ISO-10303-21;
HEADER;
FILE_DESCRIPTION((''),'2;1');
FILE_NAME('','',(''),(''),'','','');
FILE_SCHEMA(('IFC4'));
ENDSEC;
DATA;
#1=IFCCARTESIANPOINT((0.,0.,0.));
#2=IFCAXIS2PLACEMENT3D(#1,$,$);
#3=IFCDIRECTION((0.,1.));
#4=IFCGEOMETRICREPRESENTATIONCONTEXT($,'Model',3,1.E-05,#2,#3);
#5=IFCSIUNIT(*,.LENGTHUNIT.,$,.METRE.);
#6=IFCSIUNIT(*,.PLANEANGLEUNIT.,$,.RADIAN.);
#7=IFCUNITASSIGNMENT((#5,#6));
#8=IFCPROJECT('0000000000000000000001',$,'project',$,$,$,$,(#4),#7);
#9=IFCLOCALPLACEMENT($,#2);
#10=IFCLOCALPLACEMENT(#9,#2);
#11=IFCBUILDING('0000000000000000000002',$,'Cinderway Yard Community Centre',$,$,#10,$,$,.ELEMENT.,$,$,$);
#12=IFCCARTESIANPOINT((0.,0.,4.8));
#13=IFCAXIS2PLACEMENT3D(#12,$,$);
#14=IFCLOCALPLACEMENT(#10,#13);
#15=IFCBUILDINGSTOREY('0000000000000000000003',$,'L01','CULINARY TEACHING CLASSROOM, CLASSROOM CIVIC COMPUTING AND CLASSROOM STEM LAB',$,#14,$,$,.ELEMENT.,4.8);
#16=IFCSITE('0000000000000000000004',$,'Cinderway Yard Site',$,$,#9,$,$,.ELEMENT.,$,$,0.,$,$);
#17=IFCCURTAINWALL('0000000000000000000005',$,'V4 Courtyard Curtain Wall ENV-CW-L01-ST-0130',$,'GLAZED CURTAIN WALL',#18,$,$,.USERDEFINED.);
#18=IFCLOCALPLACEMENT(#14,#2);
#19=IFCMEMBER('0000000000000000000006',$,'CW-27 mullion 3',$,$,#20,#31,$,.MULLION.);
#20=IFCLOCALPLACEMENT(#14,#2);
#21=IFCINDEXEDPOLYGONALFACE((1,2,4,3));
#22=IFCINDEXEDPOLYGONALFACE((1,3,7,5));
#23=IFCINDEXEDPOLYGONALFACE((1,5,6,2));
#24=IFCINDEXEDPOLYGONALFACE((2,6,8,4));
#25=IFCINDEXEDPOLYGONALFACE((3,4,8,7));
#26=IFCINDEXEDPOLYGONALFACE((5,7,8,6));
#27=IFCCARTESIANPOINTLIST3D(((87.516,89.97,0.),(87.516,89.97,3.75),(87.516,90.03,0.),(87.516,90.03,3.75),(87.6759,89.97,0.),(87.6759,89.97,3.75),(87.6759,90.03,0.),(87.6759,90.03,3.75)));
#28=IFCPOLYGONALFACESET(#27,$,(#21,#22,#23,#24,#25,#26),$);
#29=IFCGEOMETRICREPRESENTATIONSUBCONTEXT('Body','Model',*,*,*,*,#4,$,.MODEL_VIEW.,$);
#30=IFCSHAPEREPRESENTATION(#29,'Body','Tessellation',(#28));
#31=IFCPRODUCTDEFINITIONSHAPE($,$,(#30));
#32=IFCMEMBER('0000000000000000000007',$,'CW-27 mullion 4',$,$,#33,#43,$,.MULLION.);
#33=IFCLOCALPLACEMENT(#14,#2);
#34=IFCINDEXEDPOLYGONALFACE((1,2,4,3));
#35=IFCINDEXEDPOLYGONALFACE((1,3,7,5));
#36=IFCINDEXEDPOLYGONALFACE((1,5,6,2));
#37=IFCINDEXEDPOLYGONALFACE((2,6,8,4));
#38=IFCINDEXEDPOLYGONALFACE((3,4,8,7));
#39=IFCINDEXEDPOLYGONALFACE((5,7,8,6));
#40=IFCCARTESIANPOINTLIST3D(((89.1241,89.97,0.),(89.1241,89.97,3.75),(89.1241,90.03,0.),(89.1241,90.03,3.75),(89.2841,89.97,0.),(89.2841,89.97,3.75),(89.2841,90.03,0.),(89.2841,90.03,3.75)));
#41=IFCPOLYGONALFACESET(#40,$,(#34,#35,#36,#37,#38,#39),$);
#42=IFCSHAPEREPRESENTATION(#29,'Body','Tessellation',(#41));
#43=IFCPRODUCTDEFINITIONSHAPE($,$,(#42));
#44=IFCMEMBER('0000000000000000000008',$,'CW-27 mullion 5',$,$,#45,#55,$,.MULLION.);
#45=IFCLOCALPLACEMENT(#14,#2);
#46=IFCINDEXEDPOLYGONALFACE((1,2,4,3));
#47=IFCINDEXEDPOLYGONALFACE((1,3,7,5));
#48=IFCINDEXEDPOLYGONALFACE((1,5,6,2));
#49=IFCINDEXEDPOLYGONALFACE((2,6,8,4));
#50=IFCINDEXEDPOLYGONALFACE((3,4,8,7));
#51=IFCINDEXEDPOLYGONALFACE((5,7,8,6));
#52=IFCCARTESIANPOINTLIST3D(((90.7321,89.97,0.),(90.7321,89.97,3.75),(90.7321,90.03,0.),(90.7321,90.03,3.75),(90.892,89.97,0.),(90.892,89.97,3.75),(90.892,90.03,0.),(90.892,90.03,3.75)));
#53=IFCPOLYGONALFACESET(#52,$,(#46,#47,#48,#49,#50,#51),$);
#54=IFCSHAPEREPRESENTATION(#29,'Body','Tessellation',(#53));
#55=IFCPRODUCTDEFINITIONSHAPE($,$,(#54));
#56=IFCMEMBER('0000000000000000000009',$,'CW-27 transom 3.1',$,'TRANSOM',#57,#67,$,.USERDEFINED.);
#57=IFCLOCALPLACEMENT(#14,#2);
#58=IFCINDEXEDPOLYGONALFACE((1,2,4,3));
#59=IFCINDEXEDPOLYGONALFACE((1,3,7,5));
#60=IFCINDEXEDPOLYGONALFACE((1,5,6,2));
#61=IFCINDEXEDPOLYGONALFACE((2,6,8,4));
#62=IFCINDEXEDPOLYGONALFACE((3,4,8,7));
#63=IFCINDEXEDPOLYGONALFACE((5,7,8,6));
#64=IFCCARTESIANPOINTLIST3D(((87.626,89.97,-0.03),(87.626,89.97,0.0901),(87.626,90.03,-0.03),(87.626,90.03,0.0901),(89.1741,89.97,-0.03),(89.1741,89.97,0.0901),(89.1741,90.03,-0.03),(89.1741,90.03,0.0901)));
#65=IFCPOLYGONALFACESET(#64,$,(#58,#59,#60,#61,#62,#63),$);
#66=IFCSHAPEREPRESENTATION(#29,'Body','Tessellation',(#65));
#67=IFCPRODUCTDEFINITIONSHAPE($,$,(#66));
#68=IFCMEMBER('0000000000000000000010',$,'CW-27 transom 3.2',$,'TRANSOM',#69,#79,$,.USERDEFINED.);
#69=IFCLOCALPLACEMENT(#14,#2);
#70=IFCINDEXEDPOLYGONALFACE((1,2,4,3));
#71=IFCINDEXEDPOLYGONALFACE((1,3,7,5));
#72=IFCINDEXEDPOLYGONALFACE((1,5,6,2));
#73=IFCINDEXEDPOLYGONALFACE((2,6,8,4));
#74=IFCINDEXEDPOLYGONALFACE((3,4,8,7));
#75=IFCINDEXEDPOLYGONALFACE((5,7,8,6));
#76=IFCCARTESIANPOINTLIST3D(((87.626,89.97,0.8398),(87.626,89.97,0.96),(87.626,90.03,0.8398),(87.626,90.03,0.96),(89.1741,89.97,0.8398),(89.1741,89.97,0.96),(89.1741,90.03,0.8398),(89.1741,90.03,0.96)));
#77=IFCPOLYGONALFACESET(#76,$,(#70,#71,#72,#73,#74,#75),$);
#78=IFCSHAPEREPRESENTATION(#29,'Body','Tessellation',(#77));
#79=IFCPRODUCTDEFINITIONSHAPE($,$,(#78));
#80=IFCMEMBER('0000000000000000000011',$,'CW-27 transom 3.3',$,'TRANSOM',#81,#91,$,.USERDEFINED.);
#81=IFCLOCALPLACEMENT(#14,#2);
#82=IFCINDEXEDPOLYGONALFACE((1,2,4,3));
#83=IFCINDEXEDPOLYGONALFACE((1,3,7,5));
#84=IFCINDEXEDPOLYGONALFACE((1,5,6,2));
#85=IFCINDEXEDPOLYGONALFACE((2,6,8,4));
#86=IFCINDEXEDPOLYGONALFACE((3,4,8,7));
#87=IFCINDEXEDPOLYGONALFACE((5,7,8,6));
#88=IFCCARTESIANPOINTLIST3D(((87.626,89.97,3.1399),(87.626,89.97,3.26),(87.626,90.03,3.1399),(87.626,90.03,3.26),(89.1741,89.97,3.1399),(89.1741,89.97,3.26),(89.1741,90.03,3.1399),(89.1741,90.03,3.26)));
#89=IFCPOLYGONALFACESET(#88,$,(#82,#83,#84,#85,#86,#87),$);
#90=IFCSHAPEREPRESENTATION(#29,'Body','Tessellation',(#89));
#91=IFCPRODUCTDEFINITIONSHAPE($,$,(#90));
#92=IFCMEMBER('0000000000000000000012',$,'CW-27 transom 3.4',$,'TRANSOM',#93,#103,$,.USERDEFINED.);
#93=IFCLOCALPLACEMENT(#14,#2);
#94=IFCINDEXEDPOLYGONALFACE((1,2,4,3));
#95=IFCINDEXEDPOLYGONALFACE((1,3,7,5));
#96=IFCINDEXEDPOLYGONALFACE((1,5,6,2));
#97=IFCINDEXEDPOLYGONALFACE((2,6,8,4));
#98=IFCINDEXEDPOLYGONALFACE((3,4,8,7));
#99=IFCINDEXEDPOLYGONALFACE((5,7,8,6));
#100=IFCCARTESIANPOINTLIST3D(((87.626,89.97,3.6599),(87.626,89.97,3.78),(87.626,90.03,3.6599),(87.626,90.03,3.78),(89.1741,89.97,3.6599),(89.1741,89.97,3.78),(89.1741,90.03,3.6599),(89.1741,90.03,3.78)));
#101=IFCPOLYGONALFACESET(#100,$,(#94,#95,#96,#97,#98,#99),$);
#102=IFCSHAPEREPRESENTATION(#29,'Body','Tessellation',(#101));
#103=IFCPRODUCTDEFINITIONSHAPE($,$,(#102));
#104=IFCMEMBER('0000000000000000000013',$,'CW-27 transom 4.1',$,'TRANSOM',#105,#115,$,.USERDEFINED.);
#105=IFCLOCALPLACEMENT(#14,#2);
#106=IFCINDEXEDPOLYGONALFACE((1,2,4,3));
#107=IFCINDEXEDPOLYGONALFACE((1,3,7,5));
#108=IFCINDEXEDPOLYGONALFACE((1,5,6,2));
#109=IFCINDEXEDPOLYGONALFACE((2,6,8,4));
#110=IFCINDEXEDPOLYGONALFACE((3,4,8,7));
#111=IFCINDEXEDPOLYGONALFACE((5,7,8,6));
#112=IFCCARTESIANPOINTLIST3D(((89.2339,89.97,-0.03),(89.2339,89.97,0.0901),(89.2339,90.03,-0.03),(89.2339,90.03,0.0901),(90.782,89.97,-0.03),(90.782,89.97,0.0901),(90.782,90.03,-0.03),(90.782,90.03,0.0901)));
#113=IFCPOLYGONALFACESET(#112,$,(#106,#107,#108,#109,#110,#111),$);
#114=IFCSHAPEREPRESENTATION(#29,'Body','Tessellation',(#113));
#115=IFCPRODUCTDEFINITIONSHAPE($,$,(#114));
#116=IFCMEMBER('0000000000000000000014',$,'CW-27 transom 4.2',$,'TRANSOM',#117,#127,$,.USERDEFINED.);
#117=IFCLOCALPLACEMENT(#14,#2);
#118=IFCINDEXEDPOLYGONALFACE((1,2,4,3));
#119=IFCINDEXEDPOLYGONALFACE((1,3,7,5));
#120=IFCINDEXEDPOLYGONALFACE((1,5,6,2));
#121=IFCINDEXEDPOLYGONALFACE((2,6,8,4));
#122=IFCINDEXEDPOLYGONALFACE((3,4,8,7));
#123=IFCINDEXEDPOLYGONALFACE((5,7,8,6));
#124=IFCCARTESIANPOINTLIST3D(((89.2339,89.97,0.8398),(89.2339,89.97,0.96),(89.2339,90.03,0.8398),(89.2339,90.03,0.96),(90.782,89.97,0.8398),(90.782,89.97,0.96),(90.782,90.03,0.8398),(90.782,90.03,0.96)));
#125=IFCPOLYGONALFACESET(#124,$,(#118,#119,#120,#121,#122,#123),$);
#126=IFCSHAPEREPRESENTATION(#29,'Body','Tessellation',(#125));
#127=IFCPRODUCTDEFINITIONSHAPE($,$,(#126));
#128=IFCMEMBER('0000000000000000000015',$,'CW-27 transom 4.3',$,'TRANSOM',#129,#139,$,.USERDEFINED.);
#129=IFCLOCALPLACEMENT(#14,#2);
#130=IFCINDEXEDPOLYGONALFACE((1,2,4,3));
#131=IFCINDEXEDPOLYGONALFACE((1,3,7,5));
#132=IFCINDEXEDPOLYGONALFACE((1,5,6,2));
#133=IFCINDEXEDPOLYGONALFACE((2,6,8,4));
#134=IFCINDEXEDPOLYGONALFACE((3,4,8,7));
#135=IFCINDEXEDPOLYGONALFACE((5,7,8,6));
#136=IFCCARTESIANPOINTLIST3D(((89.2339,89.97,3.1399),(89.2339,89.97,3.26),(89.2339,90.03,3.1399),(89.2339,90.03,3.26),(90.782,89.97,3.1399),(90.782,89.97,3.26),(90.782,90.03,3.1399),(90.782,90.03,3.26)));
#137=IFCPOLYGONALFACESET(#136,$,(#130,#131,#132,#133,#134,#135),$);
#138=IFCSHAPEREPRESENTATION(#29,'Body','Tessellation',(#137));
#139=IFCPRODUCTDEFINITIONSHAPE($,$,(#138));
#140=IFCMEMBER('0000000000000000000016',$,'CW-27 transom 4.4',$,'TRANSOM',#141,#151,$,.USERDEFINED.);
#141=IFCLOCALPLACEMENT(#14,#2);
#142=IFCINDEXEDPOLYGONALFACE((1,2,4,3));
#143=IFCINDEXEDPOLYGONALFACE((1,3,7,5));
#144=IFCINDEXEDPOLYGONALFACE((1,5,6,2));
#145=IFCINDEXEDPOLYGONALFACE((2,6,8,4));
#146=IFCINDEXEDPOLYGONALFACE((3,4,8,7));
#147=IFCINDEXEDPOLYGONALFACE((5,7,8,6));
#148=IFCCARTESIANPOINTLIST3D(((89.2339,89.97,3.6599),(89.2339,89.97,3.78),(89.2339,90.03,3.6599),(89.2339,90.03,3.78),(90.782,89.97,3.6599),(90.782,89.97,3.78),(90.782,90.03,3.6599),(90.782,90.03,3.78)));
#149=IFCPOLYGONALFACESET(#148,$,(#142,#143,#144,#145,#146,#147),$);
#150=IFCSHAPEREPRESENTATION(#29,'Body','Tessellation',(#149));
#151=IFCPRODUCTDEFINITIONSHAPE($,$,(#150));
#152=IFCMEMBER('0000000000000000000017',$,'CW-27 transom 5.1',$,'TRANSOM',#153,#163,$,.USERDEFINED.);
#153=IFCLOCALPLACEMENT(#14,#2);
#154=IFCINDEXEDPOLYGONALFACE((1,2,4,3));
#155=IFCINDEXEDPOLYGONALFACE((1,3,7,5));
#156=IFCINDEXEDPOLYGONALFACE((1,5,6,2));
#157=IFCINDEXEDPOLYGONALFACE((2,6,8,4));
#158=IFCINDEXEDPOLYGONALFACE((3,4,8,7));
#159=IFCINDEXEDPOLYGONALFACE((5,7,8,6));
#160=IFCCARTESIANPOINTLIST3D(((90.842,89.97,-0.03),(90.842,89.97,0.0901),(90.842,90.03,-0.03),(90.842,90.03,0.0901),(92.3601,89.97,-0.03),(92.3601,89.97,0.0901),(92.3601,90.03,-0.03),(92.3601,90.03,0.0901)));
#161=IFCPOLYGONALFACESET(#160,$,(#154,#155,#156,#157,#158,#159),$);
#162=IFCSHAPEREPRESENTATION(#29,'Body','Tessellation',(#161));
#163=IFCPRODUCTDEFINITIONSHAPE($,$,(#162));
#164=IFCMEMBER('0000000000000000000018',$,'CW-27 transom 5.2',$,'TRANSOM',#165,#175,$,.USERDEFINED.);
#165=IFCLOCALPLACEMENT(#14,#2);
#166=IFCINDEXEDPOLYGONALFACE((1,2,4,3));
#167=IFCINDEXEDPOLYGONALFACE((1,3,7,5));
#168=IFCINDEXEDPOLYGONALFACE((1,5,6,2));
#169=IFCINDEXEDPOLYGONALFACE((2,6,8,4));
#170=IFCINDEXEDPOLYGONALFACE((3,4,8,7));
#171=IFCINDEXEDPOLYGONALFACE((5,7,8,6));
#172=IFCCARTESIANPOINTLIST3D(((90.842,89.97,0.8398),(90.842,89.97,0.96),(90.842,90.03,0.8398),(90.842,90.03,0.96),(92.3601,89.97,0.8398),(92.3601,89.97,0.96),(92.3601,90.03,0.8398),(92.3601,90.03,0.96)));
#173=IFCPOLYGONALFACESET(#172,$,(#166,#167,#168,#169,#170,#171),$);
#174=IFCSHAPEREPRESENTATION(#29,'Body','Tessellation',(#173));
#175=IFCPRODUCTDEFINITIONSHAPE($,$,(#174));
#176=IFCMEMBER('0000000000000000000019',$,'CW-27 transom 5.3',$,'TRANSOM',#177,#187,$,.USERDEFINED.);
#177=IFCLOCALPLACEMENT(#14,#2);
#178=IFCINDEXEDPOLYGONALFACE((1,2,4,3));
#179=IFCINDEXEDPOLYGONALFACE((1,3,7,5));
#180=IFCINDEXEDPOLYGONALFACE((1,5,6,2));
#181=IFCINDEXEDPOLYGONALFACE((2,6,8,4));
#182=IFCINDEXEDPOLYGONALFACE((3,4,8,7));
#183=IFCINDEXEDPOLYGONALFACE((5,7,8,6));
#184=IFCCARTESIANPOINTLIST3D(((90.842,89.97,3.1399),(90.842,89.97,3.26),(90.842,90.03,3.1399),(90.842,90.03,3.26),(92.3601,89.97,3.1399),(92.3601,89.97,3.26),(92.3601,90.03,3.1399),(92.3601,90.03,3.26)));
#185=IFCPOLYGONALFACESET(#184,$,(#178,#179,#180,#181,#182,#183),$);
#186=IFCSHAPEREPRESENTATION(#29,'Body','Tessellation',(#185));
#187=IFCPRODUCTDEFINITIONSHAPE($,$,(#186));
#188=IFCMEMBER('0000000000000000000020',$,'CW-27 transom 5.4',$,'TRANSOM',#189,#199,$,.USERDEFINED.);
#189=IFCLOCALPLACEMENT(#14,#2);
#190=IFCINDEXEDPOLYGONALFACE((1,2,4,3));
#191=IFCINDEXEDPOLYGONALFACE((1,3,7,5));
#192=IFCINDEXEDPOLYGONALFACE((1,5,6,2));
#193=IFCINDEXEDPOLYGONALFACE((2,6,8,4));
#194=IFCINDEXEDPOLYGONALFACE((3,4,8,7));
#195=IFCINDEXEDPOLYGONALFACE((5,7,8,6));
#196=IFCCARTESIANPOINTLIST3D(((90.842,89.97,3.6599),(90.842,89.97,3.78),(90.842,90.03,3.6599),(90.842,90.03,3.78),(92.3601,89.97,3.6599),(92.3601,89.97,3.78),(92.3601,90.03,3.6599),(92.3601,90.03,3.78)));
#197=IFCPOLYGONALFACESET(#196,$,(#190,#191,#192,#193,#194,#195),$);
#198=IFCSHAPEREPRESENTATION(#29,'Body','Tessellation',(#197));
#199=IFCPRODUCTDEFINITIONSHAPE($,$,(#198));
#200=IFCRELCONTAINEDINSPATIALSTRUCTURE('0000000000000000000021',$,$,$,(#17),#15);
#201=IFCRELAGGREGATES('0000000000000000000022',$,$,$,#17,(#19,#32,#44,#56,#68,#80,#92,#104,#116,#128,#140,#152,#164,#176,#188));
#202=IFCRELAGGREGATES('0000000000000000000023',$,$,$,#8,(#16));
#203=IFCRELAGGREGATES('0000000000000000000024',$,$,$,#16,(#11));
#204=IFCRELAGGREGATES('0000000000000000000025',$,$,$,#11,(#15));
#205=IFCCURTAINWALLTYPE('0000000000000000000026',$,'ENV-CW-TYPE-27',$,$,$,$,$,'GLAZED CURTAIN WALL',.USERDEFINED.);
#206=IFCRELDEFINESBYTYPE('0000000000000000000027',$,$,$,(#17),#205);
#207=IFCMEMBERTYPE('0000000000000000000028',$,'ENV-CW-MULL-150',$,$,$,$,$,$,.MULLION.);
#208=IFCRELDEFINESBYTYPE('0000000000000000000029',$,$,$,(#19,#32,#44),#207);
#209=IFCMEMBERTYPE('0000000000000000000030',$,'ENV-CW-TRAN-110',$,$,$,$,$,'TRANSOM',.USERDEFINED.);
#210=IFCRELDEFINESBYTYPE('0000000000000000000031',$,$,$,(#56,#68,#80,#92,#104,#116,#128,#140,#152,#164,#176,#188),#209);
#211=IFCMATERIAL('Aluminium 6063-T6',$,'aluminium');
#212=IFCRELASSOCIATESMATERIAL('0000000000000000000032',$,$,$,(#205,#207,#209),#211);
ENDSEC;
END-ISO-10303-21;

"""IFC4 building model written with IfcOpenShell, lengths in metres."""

from ifc_helpers import new_model, si_unit, direction, frame, origin, origin_2d, place, context, subcontext, project, spatial, rectangle, extrude, material, material_profile, profile_set, type_object, element, aggregate, save


model = new_model("IFC4")

# Units and contexts
model_context = context("Model", 3, precision=1e-05, world=origin(), true_north=direction((0.0, 1.0)))
body_context = subcontext(model_context, "Body", "Model", "MODEL_VIEW")
ifc_project = project(units=[si_unit("LENGTHUNIT", "METRE"), si_unit("PLANEANGLEUNIT", "RADIAN")], contexts=[model_context])

# Site, building, storey
site_placement = place(None, origin())
site = spatial("IfcSite", under=ifc_project, at=site_placement, Name="Cinderway Yard Site", CompositionType="ELEMENT", RefElevation=0.0)
building_placement = place(site_placement, origin())
building = spatial("IfcBuilding", under=site, at=building_placement, Name="Cinderway Yard Community Centre", CompositionType="ELEMENT")
storey_placement = place(building_placement, frame((0.0, 0.0, 4.8)))
storey = spatial("IfcBuildingStorey", under=building, at=storey_placement, Name="L01", Description="CULINARY TEACHING CLASSROOM, CLASSROOM CIVIC COMPUTING AND CLASSROOM STEM LAB", CompositionType="ELEMENT", Elevation=4.8)

# Curtain wall, members
ifc_material_1 = material(Name="Aluminium 6063-T6", Category="aluminium")
curtain_wall_type = type_object("IfcCurtainWallType", Name="ENV-CW-TYPE-27", ElementType="GLAZED CURTAIN WALL", PredefinedType="USERDEFINED", material=ifc_material_1)
curtain_wall_placement = place(storey_placement, origin())
curtain_wall = element("IfcCurtainWall", 1, at=curtain_wall_placement, inside=storey, type_object=curtain_wall_type, Name="V4 Courtyard Curtain Wall ENV-CW-L01-ST-0130", ObjectType="GLAZED CURTAIN WALL", PredefinedType="USERDEFINED")
ifc_material_profile_1 = material_profile(ifc_material_1, rectangle(XDim=0.0601, YDim=0.1599, at=origin_2d()), Name="Aluminium 6063-T6")
ifc_profile_set_1 = profile_set([ifc_material_profile_1], Name="Aluminium 6063-T6")
member_type_1 = type_object("IfcMemberType", Name="ENV-CW-MULL-150", PredefinedType="MULLION", material=ifc_profile_set_1)
member_1_placement = place(storey_placement, frame((87.5959, 90.0, 0.0), z_axis=(0.0, 0.0, 1.0), x_axis=(0.0, 1.0, 0.0)))
member_1 = element("IfcMember", 2, at=member_1_placement, type_object=member_type_1, Name="CW-27 mullion 3", PredefinedType="MULLION", context=body_context, shape_type="SweptSolid", body=[
    extrude(rectangle(XDim=0.0601, YDim=0.1599, at=origin_2d()), origin(), (0.0, 0.0, 1.0), 3.75),
])
member_2_placement = place(storey_placement, frame((89.2041, 90.0, 0.0), z_axis=(0.0, 0.0, 1.0), x_axis=(0.0, 1.0, 0.0)))
member_2 = element("IfcMember", 3, at=member_2_placement, type_object=member_type_1, Name="CW-27 mullion 4", PredefinedType="MULLION", context=body_context, shape_type="SweptSolid", body=[
    extrude(rectangle(XDim=0.0601, YDim=0.1599, at=origin_2d()), origin(), (0.0, 0.0, 1.0), 3.75),
])
member_3_placement = place(storey_placement, frame((90.812, 90.0, 0.0), z_axis=(0.0, 0.0, 1.0), x_axis=(0.0, 1.0, 0.0)))
member_3 = element("IfcMember", 4, at=member_3_placement, type_object=member_type_1, Name="CW-27 mullion 5", PredefinedType="MULLION", context=body_context, shape_type="SweptSolid", body=[
    extrude(rectangle(XDim=0.0601, YDim=0.1599, at=origin_2d()), origin(), (0.0, 0.0, 1.0), 3.75),
])
ifc_material_profile_2 = material_profile(ifc_material_1, rectangle(XDim=0.0601, YDim=0.1201, at=origin_2d()), Name="Aluminium 6063-T6")
ifc_profile_set_2 = profile_set([ifc_material_profile_2], Name="Aluminium 6063-T6")
member_type_2 = type_object("IfcMemberType", Name="ENV-CW-TRAN-110", ElementType="TRANSOM", PredefinedType="USERDEFINED", material=ifc_profile_set_2)
member_4_placement = place(storey_placement, frame((87.626, 90.0, 0.03), z_axis=(1.0, 0.0, 0.0), x_axis=(0.0, 1.0, 0.0)))
member_4 = element("IfcMember", 5, at=member_4_placement, type_object=member_type_2, Name="CW-27 transom 3.1", ObjectType="TRANSOM", PredefinedType="USERDEFINED", context=body_context, shape_type="SweptSolid", body=[
    extrude(rectangle(XDim=0.0601, YDim=0.1201, at=origin_2d()), origin(), (0.0, 0.0, 1.0), 1.5481),
])
member_5_placement = place(storey_placement, frame((87.626, 90.0, 0.8999), z_axis=(1.0, 0.0, 0.0), x_axis=(0.0, 1.0, 0.0)))
member_5 = element("IfcMember", 6, at=member_5_placement, type_object=member_type_2, Name="CW-27 transom 3.2", ObjectType="TRANSOM", PredefinedType="USERDEFINED", context=body_context, shape_type="SweptSolid", body=[
    extrude(rectangle(XDim=0.0601, YDim=0.1201, at=origin_2d()), origin(), (0.0, 0.0, 1.0), 1.5481),
])
member_6_placement = place(storey_placement, frame((87.626, 90.0, 3.2), z_axis=(1.0, 0.0, 0.0), x_axis=(0.0, 1.0, 0.0)))
member_6 = element("IfcMember", 7, at=member_6_placement, type_object=member_type_2, Name="CW-27 transom 3.3", ObjectType="TRANSOM", PredefinedType="USERDEFINED", context=body_context, shape_type="SweptSolid", body=[
    extrude(rectangle(XDim=0.0601, YDim=0.1201, at=origin_2d()), origin(), (0.0, 0.0, 1.0), 1.5481),
])
member_7_placement = place(storey_placement, frame((87.626, 90.0, 3.72), z_axis=(1.0, 0.0, 0.0), x_axis=(0.0, 1.0, 0.0)))
member_7 = element("IfcMember", 8, at=member_7_placement, type_object=member_type_2, Name="CW-27 transom 3.4", ObjectType="TRANSOM", PredefinedType="USERDEFINED", context=body_context, shape_type="SweptSolid", body=[
    extrude(rectangle(XDim=0.0601, YDim=0.1201, at=origin_2d()), origin(), (0.0, 0.0, 1.0), 1.5481),
])
member_8_placement = place(storey_placement, frame((89.2339, 90.0, 0.03), z_axis=(1.0, 0.0, 0.0), x_axis=(0.0, 1.0, 0.0)))
member_8 = element("IfcMember", 9, at=member_8_placement, type_object=member_type_2, Name="CW-27 transom 4.1", ObjectType="TRANSOM", PredefinedType="USERDEFINED", context=body_context, shape_type="SweptSolid", body=[
    extrude(rectangle(XDim=0.0601, YDim=0.1201, at=origin_2d()), origin(), (0.0, 0.0, 1.0), 1.5481),
])
member_9_placement = place(storey_placement, frame((89.2339, 90.0, 0.8999), z_axis=(1.0, 0.0, 0.0), x_axis=(0.0, 1.0, 0.0)))
member_9 = element("IfcMember", 10, at=member_9_placement, type_object=member_type_2, Name="CW-27 transom 4.2", ObjectType="TRANSOM", PredefinedType="USERDEFINED", context=body_context, shape_type="SweptSolid", body=[
    extrude(rectangle(XDim=0.0601, YDim=0.1201, at=origin_2d()), origin(), (0.0, 0.0, 1.0), 1.5481),
])
member_10_placement = place(storey_placement, frame((89.2339, 90.0, 3.2), z_axis=(1.0, 0.0, 0.0), x_axis=(0.0, 1.0, 0.0)))
member_10 = element("IfcMember", 11, at=member_10_placement, type_object=member_type_2, Name="CW-27 transom 4.3", ObjectType="TRANSOM", PredefinedType="USERDEFINED", context=body_context, shape_type="SweptSolid", body=[
    extrude(rectangle(XDim=0.0601, YDim=0.1201, at=origin_2d()), origin(), (0.0, 0.0, 1.0), 1.5481),
])
member_11_placement = place(storey_placement, frame((89.2339, 90.0, 3.72), z_axis=(1.0, 0.0, 0.0), x_axis=(0.0, 1.0, 0.0)))
member_11 = element("IfcMember", 12, at=member_11_placement, type_object=member_type_2, Name="CW-27 transom 4.4", ObjectType="TRANSOM", PredefinedType="USERDEFINED", context=body_context, shape_type="SweptSolid", body=[
    extrude(rectangle(XDim=0.0601, YDim=0.1201, at=origin_2d()), origin(), (0.0, 0.0, 1.0), 1.5481),
])
member_12_placement = place(storey_placement, frame((90.842, 90.0, 0.03), z_axis=(1.0, 0.0, 0.0), x_axis=(0.0, 1.0, 0.0)))
member_12 = element("IfcMember", 13, at=member_12_placement, type_object=member_type_2, Name="CW-27 transom 5.1", ObjectType="TRANSOM", PredefinedType="USERDEFINED", context=body_context, shape_type="SweptSolid", body=[
    extrude(rectangle(XDim=0.0601, YDim=0.1201, at=origin_2d()), origin(), (0.0, 0.0, 1.0), 1.5181),
])
member_13_placement = place(storey_placement, frame((90.842, 90.0, 0.8999), z_axis=(1.0, 0.0, 0.0), x_axis=(0.0, 1.0, 0.0)))
member_13 = element("IfcMember", 14, at=member_13_placement, type_object=member_type_2, Name="CW-27 transom 5.2", ObjectType="TRANSOM", PredefinedType="USERDEFINED", context=body_context, shape_type="SweptSolid", body=[
    extrude(rectangle(XDim=0.0601, YDim=0.1201, at=origin_2d()), origin(), (0.0, 0.0, 1.0), 1.5181),
])
member_14_placement = place(storey_placement, frame((90.842, 90.0, 3.2), z_axis=(1.0, 0.0, 0.0), x_axis=(0.0, 1.0, 0.0)))
member_14 = element("IfcMember", 15, at=member_14_placement, type_object=member_type_2, Name="CW-27 transom 5.3", ObjectType="TRANSOM", PredefinedType="USERDEFINED", context=body_context, shape_type="SweptSolid", body=[
    extrude(rectangle(XDim=0.0601, YDim=0.1201, at=origin_2d()), origin(), (0.0, 0.0, 1.0), 1.5181),
])
member_15_placement = place(storey_placement, frame((90.842, 90.0, 3.72), z_axis=(1.0, 0.0, 0.0), x_axis=(0.0, 1.0, 0.0)))
member_15 = element("IfcMember", 16, at=member_15_placement, type_object=member_type_2, Name="CW-27 transom 5.4", ObjectType="TRANSOM", PredefinedType="USERDEFINED", context=body_context, shape_type="SweptSolid", body=[
    extrude(rectangle(XDim=0.0601, YDim=0.1201, at=origin_2d()), origin(), (0.0, 0.0, 1.0), 1.5181),
])

aggregate(curtain_wall, [member_1, member_2, member_3, member_4, member_5, member_6, member_7, member_8, member_9, member_10, member_11, member_12, member_13, member_14, member_15])

save(model, "model.ifc")
